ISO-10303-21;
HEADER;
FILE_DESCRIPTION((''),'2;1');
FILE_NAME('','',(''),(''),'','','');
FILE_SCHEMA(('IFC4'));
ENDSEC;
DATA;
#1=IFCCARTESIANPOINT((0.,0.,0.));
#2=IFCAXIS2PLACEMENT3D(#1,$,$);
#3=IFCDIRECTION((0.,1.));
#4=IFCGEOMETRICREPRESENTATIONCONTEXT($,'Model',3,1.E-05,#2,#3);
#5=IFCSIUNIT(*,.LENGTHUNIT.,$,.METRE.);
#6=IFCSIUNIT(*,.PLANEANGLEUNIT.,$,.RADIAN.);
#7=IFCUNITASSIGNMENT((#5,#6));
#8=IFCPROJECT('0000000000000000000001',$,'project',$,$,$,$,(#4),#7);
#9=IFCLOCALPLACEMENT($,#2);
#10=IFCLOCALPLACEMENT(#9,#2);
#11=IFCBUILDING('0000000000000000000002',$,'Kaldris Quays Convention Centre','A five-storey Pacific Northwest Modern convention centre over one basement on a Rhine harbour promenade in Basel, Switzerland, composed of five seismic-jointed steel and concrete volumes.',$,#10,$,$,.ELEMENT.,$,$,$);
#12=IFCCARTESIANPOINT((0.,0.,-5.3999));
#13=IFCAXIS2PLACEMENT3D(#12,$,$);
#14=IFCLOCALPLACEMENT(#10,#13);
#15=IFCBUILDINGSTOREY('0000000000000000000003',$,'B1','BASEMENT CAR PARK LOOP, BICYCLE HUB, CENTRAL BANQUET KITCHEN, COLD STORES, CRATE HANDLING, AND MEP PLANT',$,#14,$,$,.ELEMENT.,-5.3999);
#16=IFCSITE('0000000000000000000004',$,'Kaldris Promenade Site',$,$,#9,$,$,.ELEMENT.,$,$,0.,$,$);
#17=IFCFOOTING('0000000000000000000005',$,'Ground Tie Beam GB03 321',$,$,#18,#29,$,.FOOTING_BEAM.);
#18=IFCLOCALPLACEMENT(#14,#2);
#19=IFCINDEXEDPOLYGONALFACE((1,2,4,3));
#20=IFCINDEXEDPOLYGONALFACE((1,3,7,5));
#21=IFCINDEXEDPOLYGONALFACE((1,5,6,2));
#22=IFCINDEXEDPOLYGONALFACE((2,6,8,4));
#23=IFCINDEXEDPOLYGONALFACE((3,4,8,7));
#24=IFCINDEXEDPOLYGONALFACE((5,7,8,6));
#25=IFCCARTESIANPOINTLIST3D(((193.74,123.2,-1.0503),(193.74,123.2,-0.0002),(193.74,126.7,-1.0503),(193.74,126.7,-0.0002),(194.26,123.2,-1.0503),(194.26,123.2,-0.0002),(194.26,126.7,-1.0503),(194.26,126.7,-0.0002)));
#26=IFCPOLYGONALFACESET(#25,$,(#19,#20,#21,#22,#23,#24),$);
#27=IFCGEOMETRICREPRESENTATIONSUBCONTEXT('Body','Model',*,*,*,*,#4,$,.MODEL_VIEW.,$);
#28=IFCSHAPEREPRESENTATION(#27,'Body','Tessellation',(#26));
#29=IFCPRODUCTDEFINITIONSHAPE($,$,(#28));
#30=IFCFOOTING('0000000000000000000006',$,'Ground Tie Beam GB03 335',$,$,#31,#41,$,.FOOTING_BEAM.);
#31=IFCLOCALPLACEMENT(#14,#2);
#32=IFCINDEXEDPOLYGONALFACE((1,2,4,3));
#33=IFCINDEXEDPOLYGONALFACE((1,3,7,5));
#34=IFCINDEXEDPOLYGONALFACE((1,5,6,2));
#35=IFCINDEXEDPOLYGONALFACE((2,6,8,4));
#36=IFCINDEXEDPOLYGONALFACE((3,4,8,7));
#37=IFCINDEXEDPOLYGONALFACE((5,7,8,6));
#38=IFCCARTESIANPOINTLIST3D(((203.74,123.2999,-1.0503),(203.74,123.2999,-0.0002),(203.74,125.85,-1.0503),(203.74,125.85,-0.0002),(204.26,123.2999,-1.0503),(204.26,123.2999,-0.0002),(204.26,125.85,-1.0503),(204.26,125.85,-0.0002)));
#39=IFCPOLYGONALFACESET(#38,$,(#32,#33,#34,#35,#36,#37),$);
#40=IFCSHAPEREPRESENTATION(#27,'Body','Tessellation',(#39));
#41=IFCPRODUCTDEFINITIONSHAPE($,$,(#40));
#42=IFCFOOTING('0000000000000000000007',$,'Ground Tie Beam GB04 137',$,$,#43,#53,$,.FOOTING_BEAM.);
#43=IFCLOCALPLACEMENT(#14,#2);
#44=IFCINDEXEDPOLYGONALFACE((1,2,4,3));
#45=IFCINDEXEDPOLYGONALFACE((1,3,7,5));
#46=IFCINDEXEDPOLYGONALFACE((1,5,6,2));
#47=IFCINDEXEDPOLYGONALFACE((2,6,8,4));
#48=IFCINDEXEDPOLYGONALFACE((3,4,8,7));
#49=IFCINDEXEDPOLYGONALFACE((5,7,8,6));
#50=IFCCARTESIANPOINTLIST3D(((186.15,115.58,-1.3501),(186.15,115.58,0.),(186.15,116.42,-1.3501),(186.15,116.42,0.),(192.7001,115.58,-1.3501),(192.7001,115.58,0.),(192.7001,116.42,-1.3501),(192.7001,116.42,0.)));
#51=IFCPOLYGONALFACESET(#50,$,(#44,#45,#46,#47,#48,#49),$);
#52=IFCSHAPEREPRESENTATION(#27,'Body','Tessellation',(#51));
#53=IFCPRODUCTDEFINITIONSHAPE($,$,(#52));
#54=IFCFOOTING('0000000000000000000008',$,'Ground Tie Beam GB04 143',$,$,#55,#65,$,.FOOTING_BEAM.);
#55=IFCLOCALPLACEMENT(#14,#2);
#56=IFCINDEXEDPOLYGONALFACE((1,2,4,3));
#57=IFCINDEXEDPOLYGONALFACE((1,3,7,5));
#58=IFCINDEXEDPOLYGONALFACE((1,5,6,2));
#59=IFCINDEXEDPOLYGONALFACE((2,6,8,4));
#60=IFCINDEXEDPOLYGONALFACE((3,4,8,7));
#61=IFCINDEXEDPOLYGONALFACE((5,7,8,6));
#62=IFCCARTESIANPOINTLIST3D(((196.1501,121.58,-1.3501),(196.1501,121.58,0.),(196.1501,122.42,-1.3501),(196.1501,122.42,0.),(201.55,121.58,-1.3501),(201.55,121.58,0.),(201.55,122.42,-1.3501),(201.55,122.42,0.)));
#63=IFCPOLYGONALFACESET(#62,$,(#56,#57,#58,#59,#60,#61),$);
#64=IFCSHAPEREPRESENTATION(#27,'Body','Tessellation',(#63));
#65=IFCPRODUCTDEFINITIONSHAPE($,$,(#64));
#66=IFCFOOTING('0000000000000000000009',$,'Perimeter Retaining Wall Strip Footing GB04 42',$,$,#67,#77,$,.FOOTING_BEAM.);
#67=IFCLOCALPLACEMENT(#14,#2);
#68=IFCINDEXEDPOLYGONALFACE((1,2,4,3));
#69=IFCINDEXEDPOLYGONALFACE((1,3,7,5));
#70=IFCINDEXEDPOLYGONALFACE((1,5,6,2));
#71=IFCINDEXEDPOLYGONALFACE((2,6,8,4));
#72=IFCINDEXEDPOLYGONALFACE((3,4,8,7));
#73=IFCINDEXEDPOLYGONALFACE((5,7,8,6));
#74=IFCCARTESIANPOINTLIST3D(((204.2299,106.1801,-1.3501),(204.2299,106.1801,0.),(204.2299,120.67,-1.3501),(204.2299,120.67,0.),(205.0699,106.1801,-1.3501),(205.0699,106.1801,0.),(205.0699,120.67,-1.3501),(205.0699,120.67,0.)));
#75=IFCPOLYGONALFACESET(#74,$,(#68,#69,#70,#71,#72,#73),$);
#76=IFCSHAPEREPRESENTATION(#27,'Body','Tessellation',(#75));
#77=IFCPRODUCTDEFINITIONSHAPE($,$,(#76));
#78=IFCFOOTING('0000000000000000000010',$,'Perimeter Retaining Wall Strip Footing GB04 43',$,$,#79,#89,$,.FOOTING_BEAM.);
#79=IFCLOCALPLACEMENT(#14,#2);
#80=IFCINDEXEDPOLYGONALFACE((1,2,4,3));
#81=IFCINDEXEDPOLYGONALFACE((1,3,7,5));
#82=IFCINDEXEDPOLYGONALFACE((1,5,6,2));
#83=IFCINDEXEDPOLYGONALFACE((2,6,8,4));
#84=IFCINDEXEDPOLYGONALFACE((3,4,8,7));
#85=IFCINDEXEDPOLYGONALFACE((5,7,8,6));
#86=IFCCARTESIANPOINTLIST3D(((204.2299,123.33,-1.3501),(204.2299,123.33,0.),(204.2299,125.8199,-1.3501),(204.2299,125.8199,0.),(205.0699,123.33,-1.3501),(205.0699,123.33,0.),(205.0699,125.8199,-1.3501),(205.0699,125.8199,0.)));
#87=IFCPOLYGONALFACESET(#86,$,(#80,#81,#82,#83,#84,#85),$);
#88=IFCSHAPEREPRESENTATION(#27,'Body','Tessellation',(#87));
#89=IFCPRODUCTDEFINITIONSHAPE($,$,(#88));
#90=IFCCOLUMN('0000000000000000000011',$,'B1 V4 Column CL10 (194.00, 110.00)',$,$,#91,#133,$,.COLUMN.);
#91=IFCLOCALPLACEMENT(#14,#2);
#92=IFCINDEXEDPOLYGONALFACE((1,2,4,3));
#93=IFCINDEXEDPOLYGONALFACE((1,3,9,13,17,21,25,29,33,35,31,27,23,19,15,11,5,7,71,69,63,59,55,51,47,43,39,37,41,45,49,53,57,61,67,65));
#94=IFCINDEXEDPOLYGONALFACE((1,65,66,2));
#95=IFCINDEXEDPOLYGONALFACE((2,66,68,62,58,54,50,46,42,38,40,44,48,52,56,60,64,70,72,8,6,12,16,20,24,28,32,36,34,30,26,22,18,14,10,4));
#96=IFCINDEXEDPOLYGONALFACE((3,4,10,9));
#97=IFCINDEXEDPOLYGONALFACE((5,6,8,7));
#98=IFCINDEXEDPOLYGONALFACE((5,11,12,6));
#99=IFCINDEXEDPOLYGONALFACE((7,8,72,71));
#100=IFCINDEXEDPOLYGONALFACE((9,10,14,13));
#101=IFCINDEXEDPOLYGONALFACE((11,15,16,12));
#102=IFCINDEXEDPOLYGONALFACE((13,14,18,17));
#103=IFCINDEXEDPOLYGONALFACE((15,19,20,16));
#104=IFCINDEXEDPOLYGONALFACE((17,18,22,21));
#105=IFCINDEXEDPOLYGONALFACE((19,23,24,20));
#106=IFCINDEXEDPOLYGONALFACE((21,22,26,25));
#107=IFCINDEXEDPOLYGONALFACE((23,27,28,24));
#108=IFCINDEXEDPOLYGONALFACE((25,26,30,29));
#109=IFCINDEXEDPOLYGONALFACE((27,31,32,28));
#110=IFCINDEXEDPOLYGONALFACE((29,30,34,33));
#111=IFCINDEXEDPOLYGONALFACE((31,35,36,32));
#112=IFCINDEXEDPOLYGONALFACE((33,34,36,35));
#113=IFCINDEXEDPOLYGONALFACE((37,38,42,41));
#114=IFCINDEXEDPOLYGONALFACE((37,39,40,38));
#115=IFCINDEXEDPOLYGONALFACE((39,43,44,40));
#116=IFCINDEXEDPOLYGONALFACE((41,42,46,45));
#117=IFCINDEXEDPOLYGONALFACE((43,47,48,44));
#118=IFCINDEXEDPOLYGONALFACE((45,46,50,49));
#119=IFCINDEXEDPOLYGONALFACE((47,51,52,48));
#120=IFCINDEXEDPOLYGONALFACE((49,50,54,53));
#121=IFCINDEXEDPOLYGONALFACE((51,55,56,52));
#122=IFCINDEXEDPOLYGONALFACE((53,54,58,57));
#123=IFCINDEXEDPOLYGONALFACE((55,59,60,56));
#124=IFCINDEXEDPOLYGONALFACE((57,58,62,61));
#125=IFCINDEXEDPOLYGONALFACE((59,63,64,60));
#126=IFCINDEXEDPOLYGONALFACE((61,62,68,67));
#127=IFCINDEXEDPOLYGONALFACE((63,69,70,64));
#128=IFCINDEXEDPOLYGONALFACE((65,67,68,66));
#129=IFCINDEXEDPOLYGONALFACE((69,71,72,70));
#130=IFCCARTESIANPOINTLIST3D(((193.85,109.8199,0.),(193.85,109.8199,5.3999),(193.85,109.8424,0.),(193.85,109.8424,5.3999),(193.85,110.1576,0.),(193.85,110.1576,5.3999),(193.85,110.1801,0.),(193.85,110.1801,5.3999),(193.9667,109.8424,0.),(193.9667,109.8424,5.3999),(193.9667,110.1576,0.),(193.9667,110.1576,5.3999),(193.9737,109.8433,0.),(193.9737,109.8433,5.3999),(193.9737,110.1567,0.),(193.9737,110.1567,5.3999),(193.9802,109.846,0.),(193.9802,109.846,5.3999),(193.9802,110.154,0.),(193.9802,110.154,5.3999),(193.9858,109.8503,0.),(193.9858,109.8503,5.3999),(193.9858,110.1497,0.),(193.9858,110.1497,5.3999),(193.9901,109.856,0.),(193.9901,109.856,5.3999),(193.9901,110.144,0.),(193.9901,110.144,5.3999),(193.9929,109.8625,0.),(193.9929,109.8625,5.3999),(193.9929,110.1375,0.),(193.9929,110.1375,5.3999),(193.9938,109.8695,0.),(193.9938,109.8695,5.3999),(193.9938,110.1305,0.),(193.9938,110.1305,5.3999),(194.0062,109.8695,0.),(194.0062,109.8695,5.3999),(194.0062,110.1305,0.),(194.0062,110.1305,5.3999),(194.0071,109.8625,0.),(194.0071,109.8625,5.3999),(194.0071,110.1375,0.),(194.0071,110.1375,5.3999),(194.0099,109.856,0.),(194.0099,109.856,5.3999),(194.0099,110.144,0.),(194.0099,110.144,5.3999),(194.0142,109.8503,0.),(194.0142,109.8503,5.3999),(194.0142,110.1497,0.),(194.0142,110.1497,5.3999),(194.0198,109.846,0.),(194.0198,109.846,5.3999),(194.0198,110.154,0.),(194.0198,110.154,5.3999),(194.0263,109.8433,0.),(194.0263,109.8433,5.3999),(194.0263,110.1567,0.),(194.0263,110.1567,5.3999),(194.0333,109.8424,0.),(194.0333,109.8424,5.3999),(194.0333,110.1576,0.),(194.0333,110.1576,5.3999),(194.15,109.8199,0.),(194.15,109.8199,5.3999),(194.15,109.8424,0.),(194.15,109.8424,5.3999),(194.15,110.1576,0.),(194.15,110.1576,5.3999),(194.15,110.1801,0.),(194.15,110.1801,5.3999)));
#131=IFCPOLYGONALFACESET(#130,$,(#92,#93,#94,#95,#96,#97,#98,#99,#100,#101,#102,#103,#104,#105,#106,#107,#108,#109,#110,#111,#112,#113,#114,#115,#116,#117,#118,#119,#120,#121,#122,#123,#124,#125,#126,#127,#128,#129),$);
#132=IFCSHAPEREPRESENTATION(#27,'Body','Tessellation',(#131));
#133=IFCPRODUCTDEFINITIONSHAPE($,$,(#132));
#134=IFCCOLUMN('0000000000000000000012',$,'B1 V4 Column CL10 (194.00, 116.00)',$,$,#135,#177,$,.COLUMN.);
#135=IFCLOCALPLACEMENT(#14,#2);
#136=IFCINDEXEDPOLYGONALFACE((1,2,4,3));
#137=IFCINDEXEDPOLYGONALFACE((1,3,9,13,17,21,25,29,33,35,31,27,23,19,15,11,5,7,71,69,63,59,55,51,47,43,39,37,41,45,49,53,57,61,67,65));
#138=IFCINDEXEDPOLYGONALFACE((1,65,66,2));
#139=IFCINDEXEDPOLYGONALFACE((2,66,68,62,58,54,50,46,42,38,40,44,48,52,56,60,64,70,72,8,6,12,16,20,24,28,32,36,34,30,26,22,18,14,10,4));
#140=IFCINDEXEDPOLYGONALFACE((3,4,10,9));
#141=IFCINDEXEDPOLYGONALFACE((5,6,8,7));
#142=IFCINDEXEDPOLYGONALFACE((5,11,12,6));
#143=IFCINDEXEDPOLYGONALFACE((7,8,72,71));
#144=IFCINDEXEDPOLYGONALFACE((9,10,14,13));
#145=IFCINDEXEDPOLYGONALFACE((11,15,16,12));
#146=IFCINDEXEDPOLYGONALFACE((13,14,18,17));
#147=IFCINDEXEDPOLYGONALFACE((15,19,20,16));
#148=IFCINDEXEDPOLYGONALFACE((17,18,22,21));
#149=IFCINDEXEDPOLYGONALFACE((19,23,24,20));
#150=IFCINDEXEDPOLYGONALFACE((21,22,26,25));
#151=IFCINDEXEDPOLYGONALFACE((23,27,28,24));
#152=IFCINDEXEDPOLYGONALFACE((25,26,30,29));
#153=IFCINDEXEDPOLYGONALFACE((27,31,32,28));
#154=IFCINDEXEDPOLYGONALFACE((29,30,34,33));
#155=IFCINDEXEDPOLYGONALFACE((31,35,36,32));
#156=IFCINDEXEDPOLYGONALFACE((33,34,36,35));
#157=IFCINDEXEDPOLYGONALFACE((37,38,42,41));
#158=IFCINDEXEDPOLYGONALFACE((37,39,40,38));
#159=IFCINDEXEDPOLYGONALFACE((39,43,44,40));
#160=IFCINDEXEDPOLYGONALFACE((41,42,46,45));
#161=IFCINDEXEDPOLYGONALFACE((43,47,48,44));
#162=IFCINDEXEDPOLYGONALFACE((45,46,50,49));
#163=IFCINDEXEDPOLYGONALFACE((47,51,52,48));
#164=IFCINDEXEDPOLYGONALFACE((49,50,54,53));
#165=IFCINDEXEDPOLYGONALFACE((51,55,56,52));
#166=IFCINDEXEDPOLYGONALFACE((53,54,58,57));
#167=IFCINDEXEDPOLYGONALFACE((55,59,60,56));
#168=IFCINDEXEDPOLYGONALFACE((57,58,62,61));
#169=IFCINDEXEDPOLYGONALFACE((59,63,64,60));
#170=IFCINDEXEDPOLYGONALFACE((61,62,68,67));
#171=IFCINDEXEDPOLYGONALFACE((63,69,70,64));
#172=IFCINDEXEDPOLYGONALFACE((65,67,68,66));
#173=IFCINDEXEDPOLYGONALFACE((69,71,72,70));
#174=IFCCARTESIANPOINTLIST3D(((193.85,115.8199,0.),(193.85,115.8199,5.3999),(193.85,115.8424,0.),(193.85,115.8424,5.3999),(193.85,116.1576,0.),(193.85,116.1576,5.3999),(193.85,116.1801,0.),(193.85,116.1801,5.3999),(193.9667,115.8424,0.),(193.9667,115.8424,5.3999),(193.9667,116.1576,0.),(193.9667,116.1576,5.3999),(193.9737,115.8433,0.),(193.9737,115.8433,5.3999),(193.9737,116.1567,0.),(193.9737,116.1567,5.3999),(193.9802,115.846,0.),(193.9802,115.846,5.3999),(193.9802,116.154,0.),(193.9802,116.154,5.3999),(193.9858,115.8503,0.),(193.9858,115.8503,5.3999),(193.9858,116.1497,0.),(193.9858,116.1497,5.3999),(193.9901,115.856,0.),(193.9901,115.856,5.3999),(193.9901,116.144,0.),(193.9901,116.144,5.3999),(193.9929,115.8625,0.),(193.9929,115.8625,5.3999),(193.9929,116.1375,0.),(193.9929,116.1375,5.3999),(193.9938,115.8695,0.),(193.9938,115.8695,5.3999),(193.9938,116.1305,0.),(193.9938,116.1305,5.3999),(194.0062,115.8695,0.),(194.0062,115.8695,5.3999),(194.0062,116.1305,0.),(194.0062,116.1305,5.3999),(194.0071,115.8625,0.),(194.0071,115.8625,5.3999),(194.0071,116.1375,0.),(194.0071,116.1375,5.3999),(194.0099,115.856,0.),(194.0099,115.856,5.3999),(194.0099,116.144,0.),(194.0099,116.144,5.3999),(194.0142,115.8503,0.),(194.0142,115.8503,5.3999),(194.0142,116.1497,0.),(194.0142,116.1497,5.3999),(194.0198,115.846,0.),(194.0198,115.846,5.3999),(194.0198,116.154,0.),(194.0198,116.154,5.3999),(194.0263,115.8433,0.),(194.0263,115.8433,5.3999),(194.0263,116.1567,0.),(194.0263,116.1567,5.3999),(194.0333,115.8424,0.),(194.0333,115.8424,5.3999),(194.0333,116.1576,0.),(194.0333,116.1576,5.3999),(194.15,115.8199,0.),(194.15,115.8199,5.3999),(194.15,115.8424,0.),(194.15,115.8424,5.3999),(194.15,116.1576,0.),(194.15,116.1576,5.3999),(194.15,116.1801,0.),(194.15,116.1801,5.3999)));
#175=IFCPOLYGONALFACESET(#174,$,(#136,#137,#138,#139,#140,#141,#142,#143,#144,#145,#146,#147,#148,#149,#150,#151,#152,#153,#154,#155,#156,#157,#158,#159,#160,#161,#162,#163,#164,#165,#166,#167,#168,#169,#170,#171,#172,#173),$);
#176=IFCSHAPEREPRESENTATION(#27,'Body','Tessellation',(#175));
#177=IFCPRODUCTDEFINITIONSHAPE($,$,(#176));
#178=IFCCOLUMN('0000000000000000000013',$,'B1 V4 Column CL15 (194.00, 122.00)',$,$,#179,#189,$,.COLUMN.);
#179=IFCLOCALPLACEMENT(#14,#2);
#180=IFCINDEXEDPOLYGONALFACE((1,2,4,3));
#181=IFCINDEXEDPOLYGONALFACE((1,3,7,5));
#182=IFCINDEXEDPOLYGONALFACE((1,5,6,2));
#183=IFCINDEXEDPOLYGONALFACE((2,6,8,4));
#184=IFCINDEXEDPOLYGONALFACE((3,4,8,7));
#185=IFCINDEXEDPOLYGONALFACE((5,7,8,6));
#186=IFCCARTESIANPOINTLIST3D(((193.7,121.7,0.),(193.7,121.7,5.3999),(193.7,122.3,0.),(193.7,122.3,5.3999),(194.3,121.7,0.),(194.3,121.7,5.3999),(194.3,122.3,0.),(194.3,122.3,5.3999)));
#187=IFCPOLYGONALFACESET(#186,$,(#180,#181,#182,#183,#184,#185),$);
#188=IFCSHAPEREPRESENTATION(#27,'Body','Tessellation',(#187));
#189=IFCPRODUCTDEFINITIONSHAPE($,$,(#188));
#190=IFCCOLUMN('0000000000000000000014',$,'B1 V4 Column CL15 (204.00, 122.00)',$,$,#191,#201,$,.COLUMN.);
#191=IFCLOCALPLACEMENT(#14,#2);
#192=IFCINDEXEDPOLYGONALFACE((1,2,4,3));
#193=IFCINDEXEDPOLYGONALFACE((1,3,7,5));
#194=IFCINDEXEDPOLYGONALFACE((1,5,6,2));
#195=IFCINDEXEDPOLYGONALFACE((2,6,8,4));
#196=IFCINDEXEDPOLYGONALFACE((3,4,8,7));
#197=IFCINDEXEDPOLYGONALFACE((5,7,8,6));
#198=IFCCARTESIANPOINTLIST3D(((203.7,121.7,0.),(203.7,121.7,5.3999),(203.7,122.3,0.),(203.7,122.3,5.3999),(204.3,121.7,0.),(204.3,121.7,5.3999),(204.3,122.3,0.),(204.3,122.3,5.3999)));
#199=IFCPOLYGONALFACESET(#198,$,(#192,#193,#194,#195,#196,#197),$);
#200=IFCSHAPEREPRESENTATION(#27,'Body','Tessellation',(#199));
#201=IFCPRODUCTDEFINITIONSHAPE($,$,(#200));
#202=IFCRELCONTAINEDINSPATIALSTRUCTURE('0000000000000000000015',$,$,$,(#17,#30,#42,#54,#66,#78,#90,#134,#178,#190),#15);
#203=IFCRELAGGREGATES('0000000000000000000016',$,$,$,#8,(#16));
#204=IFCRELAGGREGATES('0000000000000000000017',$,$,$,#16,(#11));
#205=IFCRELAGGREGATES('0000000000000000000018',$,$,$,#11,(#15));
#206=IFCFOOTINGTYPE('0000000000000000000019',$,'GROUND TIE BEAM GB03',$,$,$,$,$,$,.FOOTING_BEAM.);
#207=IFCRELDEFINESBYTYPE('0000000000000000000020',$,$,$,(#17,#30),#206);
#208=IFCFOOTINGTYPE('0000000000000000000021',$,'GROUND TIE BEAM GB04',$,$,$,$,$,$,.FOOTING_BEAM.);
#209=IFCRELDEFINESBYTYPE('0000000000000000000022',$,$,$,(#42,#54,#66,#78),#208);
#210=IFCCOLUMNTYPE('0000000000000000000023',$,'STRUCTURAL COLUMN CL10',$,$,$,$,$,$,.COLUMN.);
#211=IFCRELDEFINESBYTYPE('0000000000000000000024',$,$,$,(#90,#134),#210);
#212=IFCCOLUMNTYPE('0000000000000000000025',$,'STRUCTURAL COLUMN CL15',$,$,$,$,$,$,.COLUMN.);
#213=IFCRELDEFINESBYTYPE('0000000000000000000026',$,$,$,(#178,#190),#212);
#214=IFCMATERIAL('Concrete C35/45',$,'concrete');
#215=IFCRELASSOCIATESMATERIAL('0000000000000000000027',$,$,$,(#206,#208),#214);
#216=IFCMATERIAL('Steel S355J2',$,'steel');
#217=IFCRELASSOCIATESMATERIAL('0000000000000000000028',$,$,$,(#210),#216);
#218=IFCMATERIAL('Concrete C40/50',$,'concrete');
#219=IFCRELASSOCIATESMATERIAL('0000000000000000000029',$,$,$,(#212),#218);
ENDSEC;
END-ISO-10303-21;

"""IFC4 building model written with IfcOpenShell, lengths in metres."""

from ifc_helpers import new_model, si_unit, direction, frame, origin, origin_2d, place, context, subcontext, project, spatial, rectangle, i_section, extrude, material, material_profile, profile_set, type_object, element, save


model = new_model("IFC4")

# Units and contexts
model_context = context("Model", 3, precision=1e-05, world=origin(), true_north=direction((0.0, 1.0)))
body_context = subcontext(model_context, "Body", "Model", "MODEL_VIEW")
ifc_project = project(units=[si_unit("LENGTHUNIT", "METRE"), si_unit("PLANEANGLEUNIT", "RADIAN")], contexts=[model_context])

# Site, building, storey
site_placement = place(None, origin())
site = spatial("IfcSite", under=ifc_project, at=site_placement, Name="Kaldris Promenade Site", CompositionType="ELEMENT", RefElevation=0.0)
building_placement = place(site_placement, origin())
building = spatial("IfcBuilding", under=site, at=building_placement, Name="Kaldris Quays Convention Centre", Description="A five-storey Pacific Northwest Modern convention centre over one basement on a Rhine harbour promenade in Basel, Switzerland, composed of five seismic-jointed steel and concrete volumes.", CompositionType="ELEMENT")
storey_placement = place(building_placement, frame((0.0, 0.0, -5.3999)))
storey = spatial("IfcBuildingStorey", under=building, at=storey_placement, Name="B1", Description="BASEMENT CAR PARK LOOP, BICYCLE HUB, CENTRAL BANQUET KITCHEN, COLD STORES, CRATE HANDLING, AND MEP PLANT", CompositionType="ELEMENT", Elevation=-5.3999)

# Shared definitions
ifc_material_1 = material(Name="Concrete C35/45", Category="concrete")

# Footings
footing_type_1 = type_object("IfcFootingType", Name="GROUND TIE BEAM GB03", PredefinedType="FOOTING_BEAM", material=ifc_material_1)
footing_1_placement = place(storey_placement, frame((194.0, 124.95, -1.0503), z_axis=(0.0, 0.0, 1.0), x_axis=(1.0, 0.0, 0.0)))
element("IfcFooting", 1, at=footing_1_placement, inside=storey, type_object=footing_type_1, Name="Ground Tie Beam GB03 321", PredefinedType="FOOTING_BEAM", context=body_context, shape_type="SweptSolid", body=[
    extrude(rectangle(XDim=0.52, YDim=3.5, at=origin_2d()), origin(), (0.0, 0.0, 1.0), 1.05),
])
footing_2_placement = place(storey_placement, frame((204.0, 124.575, -1.0503), z_axis=(0.0, 0.0, 1.0), x_axis=(1.0, 0.0, 0.0)))
element("IfcFooting", 2, at=footing_2_placement, inside=storey, type_object=footing_type_1, Name="Ground Tie Beam GB03 335", PredefinedType="FOOTING_BEAM", context=body_context, shape_type="SweptSolid", body=[
    extrude(rectangle(XDim=0.52, YDim=2.55, at=origin_2d()), origin(), (0.0, 0.0, 1.0), 1.05),
])
footing_type_2 = type_object("IfcFootingType", Name="GROUND TIE BEAM GB04", PredefinedType="FOOTING_BEAM", material=ifc_material_1)
footing_3_placement = place(storey_placement, frame((189.425, 116.0, -1.3501), z_axis=(0.0, 0.0, 1.0), x_axis=(1.0, 0.0, 0.0)))
element("IfcFooting", 3, at=footing_3_placement, inside=storey, type_object=footing_type_2, Name="Ground Tie Beam GB04 137", PredefinedType="FOOTING_BEAM", context=body_context, shape_type="SweptSolid", body=[
    extrude(rectangle(XDim=6.55, YDim=0.8401, at=origin_2d()), origin(), (0.0, 0.0, 1.0), 1.3501),
])
footing_4_placement = place(storey_placement, frame((198.8501, 122.0, -1.3501), z_axis=(0.0, 0.0, 1.0), x_axis=(1.0, 0.0, 0.0)))
element("IfcFooting", 4, at=footing_4_placement, inside=storey, type_object=footing_type_2, Name="Ground Tie Beam GB04 143", PredefinedType="FOOTING_BEAM", context=body_context, shape_type="SweptSolid", body=[
    extrude(rectangle(XDim=5.3999, YDim=0.8401, at=origin_2d()), origin(), (0.0, 0.0, 1.0), 1.3501),
])
footing_5_placement = place(storey_placement, frame((204.6499, 113.425, -1.3501), z_axis=(0.0, 0.0, 1.0), x_axis=(1.0, 0.0, 0.0)))
element("IfcFooting", 5, at=footing_5_placement, inside=storey, type_object=footing_type_2, Name="Perimeter Retaining Wall Strip Footing GB04 42", PredefinedType="FOOTING_BEAM", context=body_context, shape_type="SweptSolid", body=[
    extrude(rectangle(XDim=0.8401, YDim=14.49, at=origin_2d()), origin(), (0.0, 0.0, 1.0), 1.3501),
])
footing_6_placement = place(storey_placement, frame((204.6499, 124.575, -1.3501), z_axis=(0.0, 0.0, 1.0), x_axis=(1.0, 0.0, 0.0)))
element("IfcFooting", 6, at=footing_6_placement, inside=storey, type_object=footing_type_2, Name="Perimeter Retaining Wall Strip Footing GB04 43", PredefinedType="FOOTING_BEAM", context=body_context, shape_type="SweptSolid", body=[
    extrude(rectangle(XDim=0.8401, YDim=2.49, at=origin_2d()), origin(), (0.0, 0.0, 1.0), 1.3501),
])

# Columns
ifc_material_2 = material(Name="Steel S355J2", Category="steel")
ifc_material_profile_1 = material_profile(ifc_material_2, i_section(OverallWidth=0.3, OverallDepth=0.3601, WebThickness=0.0125, FlangeThickness=0.0225, FilletRadius=0.0271, at=origin_2d()), Name="HEB 360")
ifc_profile_set_1 = profile_set([ifc_material_profile_1], Name="Steel S355J2")
column_type_1 = type_object("IfcColumnType", Name="STRUCTURAL COLUMN CL10", PredefinedType="COLUMN", material=ifc_profile_set_1)
for number, where, z_axis, x_axis, name in (
    (7, (194.0, 110.0, 0.0), (0.0, 0.0, 1.0), (1.0, 0.0, 0.0), "B1 V4 Column CL10 (194.00, 110.00)"),
    (8, (194.0, 116.0, 0.0), (0.0, 0.0, 1.0), (1.0, 0.0, 0.0), "B1 V4 Column CL10 (194.00, 116.00)"),
):
    element("IfcColumn", number, at=place(storey_placement, frame(where, z_axis=z_axis, x_axis=x_axis)), inside=storey, type_object=column_type_1, Name=name, PredefinedType="COLUMN", context=body_context, shape_type="SweptSolid", body=[
        extrude(i_section(OverallWidth=0.3, OverallDepth=0.3601, WebThickness=0.0125, FlangeThickness=0.0225, FilletRadius=0.0271, at=origin_2d()), origin(), (0.0, 0.0, 1.0), 5.3999),
    ])
ifc_material_3 = material(Name="Concrete C40/50", Category="concrete")
ifc_material_profile_2 = material_profile(ifc_material_3, rectangle(XDim=0.6001, YDim=0.6001, at=origin_2d()), Name="RC 600x600")
ifc_profile_set_2 = profile_set([ifc_material_profile_2], Name="Concrete C40/50")
column_type_2 = type_object("IfcColumnType", Name="STRUCTURAL COLUMN CL15", PredefinedType="COLUMN", material=ifc_profile_set_2)
for number, where, z_axis, x_axis, name in (
    (9, (194.0, 122.0, 0.0), (0.0, 0.0, 1.0), (1.0, 0.0, 0.0), "B1 V4 Column CL15 (194.00, 122.00)"),
    (10, (204.0, 122.0, 0.0), (0.0, 0.0, 1.0), (1.0, 0.0, 0.0), "B1 V4 Column CL15 (204.00, 122.00)"),
):
    element("IfcColumn", number, at=place(storey_placement, frame(where, z_axis=z_axis, x_axis=x_axis)), inside=storey, type_object=column_type_2, Name=name, PredefinedType="COLUMN", context=body_context, shape_type="SweptSolid", body=[
        extrude(rectangle(XDim=0.6001, YDim=0.6001, at=origin_2d()), origin(), (0.0, 0.0, 1.0), 5.3999),
    ])

save(model, "model.ifc")
